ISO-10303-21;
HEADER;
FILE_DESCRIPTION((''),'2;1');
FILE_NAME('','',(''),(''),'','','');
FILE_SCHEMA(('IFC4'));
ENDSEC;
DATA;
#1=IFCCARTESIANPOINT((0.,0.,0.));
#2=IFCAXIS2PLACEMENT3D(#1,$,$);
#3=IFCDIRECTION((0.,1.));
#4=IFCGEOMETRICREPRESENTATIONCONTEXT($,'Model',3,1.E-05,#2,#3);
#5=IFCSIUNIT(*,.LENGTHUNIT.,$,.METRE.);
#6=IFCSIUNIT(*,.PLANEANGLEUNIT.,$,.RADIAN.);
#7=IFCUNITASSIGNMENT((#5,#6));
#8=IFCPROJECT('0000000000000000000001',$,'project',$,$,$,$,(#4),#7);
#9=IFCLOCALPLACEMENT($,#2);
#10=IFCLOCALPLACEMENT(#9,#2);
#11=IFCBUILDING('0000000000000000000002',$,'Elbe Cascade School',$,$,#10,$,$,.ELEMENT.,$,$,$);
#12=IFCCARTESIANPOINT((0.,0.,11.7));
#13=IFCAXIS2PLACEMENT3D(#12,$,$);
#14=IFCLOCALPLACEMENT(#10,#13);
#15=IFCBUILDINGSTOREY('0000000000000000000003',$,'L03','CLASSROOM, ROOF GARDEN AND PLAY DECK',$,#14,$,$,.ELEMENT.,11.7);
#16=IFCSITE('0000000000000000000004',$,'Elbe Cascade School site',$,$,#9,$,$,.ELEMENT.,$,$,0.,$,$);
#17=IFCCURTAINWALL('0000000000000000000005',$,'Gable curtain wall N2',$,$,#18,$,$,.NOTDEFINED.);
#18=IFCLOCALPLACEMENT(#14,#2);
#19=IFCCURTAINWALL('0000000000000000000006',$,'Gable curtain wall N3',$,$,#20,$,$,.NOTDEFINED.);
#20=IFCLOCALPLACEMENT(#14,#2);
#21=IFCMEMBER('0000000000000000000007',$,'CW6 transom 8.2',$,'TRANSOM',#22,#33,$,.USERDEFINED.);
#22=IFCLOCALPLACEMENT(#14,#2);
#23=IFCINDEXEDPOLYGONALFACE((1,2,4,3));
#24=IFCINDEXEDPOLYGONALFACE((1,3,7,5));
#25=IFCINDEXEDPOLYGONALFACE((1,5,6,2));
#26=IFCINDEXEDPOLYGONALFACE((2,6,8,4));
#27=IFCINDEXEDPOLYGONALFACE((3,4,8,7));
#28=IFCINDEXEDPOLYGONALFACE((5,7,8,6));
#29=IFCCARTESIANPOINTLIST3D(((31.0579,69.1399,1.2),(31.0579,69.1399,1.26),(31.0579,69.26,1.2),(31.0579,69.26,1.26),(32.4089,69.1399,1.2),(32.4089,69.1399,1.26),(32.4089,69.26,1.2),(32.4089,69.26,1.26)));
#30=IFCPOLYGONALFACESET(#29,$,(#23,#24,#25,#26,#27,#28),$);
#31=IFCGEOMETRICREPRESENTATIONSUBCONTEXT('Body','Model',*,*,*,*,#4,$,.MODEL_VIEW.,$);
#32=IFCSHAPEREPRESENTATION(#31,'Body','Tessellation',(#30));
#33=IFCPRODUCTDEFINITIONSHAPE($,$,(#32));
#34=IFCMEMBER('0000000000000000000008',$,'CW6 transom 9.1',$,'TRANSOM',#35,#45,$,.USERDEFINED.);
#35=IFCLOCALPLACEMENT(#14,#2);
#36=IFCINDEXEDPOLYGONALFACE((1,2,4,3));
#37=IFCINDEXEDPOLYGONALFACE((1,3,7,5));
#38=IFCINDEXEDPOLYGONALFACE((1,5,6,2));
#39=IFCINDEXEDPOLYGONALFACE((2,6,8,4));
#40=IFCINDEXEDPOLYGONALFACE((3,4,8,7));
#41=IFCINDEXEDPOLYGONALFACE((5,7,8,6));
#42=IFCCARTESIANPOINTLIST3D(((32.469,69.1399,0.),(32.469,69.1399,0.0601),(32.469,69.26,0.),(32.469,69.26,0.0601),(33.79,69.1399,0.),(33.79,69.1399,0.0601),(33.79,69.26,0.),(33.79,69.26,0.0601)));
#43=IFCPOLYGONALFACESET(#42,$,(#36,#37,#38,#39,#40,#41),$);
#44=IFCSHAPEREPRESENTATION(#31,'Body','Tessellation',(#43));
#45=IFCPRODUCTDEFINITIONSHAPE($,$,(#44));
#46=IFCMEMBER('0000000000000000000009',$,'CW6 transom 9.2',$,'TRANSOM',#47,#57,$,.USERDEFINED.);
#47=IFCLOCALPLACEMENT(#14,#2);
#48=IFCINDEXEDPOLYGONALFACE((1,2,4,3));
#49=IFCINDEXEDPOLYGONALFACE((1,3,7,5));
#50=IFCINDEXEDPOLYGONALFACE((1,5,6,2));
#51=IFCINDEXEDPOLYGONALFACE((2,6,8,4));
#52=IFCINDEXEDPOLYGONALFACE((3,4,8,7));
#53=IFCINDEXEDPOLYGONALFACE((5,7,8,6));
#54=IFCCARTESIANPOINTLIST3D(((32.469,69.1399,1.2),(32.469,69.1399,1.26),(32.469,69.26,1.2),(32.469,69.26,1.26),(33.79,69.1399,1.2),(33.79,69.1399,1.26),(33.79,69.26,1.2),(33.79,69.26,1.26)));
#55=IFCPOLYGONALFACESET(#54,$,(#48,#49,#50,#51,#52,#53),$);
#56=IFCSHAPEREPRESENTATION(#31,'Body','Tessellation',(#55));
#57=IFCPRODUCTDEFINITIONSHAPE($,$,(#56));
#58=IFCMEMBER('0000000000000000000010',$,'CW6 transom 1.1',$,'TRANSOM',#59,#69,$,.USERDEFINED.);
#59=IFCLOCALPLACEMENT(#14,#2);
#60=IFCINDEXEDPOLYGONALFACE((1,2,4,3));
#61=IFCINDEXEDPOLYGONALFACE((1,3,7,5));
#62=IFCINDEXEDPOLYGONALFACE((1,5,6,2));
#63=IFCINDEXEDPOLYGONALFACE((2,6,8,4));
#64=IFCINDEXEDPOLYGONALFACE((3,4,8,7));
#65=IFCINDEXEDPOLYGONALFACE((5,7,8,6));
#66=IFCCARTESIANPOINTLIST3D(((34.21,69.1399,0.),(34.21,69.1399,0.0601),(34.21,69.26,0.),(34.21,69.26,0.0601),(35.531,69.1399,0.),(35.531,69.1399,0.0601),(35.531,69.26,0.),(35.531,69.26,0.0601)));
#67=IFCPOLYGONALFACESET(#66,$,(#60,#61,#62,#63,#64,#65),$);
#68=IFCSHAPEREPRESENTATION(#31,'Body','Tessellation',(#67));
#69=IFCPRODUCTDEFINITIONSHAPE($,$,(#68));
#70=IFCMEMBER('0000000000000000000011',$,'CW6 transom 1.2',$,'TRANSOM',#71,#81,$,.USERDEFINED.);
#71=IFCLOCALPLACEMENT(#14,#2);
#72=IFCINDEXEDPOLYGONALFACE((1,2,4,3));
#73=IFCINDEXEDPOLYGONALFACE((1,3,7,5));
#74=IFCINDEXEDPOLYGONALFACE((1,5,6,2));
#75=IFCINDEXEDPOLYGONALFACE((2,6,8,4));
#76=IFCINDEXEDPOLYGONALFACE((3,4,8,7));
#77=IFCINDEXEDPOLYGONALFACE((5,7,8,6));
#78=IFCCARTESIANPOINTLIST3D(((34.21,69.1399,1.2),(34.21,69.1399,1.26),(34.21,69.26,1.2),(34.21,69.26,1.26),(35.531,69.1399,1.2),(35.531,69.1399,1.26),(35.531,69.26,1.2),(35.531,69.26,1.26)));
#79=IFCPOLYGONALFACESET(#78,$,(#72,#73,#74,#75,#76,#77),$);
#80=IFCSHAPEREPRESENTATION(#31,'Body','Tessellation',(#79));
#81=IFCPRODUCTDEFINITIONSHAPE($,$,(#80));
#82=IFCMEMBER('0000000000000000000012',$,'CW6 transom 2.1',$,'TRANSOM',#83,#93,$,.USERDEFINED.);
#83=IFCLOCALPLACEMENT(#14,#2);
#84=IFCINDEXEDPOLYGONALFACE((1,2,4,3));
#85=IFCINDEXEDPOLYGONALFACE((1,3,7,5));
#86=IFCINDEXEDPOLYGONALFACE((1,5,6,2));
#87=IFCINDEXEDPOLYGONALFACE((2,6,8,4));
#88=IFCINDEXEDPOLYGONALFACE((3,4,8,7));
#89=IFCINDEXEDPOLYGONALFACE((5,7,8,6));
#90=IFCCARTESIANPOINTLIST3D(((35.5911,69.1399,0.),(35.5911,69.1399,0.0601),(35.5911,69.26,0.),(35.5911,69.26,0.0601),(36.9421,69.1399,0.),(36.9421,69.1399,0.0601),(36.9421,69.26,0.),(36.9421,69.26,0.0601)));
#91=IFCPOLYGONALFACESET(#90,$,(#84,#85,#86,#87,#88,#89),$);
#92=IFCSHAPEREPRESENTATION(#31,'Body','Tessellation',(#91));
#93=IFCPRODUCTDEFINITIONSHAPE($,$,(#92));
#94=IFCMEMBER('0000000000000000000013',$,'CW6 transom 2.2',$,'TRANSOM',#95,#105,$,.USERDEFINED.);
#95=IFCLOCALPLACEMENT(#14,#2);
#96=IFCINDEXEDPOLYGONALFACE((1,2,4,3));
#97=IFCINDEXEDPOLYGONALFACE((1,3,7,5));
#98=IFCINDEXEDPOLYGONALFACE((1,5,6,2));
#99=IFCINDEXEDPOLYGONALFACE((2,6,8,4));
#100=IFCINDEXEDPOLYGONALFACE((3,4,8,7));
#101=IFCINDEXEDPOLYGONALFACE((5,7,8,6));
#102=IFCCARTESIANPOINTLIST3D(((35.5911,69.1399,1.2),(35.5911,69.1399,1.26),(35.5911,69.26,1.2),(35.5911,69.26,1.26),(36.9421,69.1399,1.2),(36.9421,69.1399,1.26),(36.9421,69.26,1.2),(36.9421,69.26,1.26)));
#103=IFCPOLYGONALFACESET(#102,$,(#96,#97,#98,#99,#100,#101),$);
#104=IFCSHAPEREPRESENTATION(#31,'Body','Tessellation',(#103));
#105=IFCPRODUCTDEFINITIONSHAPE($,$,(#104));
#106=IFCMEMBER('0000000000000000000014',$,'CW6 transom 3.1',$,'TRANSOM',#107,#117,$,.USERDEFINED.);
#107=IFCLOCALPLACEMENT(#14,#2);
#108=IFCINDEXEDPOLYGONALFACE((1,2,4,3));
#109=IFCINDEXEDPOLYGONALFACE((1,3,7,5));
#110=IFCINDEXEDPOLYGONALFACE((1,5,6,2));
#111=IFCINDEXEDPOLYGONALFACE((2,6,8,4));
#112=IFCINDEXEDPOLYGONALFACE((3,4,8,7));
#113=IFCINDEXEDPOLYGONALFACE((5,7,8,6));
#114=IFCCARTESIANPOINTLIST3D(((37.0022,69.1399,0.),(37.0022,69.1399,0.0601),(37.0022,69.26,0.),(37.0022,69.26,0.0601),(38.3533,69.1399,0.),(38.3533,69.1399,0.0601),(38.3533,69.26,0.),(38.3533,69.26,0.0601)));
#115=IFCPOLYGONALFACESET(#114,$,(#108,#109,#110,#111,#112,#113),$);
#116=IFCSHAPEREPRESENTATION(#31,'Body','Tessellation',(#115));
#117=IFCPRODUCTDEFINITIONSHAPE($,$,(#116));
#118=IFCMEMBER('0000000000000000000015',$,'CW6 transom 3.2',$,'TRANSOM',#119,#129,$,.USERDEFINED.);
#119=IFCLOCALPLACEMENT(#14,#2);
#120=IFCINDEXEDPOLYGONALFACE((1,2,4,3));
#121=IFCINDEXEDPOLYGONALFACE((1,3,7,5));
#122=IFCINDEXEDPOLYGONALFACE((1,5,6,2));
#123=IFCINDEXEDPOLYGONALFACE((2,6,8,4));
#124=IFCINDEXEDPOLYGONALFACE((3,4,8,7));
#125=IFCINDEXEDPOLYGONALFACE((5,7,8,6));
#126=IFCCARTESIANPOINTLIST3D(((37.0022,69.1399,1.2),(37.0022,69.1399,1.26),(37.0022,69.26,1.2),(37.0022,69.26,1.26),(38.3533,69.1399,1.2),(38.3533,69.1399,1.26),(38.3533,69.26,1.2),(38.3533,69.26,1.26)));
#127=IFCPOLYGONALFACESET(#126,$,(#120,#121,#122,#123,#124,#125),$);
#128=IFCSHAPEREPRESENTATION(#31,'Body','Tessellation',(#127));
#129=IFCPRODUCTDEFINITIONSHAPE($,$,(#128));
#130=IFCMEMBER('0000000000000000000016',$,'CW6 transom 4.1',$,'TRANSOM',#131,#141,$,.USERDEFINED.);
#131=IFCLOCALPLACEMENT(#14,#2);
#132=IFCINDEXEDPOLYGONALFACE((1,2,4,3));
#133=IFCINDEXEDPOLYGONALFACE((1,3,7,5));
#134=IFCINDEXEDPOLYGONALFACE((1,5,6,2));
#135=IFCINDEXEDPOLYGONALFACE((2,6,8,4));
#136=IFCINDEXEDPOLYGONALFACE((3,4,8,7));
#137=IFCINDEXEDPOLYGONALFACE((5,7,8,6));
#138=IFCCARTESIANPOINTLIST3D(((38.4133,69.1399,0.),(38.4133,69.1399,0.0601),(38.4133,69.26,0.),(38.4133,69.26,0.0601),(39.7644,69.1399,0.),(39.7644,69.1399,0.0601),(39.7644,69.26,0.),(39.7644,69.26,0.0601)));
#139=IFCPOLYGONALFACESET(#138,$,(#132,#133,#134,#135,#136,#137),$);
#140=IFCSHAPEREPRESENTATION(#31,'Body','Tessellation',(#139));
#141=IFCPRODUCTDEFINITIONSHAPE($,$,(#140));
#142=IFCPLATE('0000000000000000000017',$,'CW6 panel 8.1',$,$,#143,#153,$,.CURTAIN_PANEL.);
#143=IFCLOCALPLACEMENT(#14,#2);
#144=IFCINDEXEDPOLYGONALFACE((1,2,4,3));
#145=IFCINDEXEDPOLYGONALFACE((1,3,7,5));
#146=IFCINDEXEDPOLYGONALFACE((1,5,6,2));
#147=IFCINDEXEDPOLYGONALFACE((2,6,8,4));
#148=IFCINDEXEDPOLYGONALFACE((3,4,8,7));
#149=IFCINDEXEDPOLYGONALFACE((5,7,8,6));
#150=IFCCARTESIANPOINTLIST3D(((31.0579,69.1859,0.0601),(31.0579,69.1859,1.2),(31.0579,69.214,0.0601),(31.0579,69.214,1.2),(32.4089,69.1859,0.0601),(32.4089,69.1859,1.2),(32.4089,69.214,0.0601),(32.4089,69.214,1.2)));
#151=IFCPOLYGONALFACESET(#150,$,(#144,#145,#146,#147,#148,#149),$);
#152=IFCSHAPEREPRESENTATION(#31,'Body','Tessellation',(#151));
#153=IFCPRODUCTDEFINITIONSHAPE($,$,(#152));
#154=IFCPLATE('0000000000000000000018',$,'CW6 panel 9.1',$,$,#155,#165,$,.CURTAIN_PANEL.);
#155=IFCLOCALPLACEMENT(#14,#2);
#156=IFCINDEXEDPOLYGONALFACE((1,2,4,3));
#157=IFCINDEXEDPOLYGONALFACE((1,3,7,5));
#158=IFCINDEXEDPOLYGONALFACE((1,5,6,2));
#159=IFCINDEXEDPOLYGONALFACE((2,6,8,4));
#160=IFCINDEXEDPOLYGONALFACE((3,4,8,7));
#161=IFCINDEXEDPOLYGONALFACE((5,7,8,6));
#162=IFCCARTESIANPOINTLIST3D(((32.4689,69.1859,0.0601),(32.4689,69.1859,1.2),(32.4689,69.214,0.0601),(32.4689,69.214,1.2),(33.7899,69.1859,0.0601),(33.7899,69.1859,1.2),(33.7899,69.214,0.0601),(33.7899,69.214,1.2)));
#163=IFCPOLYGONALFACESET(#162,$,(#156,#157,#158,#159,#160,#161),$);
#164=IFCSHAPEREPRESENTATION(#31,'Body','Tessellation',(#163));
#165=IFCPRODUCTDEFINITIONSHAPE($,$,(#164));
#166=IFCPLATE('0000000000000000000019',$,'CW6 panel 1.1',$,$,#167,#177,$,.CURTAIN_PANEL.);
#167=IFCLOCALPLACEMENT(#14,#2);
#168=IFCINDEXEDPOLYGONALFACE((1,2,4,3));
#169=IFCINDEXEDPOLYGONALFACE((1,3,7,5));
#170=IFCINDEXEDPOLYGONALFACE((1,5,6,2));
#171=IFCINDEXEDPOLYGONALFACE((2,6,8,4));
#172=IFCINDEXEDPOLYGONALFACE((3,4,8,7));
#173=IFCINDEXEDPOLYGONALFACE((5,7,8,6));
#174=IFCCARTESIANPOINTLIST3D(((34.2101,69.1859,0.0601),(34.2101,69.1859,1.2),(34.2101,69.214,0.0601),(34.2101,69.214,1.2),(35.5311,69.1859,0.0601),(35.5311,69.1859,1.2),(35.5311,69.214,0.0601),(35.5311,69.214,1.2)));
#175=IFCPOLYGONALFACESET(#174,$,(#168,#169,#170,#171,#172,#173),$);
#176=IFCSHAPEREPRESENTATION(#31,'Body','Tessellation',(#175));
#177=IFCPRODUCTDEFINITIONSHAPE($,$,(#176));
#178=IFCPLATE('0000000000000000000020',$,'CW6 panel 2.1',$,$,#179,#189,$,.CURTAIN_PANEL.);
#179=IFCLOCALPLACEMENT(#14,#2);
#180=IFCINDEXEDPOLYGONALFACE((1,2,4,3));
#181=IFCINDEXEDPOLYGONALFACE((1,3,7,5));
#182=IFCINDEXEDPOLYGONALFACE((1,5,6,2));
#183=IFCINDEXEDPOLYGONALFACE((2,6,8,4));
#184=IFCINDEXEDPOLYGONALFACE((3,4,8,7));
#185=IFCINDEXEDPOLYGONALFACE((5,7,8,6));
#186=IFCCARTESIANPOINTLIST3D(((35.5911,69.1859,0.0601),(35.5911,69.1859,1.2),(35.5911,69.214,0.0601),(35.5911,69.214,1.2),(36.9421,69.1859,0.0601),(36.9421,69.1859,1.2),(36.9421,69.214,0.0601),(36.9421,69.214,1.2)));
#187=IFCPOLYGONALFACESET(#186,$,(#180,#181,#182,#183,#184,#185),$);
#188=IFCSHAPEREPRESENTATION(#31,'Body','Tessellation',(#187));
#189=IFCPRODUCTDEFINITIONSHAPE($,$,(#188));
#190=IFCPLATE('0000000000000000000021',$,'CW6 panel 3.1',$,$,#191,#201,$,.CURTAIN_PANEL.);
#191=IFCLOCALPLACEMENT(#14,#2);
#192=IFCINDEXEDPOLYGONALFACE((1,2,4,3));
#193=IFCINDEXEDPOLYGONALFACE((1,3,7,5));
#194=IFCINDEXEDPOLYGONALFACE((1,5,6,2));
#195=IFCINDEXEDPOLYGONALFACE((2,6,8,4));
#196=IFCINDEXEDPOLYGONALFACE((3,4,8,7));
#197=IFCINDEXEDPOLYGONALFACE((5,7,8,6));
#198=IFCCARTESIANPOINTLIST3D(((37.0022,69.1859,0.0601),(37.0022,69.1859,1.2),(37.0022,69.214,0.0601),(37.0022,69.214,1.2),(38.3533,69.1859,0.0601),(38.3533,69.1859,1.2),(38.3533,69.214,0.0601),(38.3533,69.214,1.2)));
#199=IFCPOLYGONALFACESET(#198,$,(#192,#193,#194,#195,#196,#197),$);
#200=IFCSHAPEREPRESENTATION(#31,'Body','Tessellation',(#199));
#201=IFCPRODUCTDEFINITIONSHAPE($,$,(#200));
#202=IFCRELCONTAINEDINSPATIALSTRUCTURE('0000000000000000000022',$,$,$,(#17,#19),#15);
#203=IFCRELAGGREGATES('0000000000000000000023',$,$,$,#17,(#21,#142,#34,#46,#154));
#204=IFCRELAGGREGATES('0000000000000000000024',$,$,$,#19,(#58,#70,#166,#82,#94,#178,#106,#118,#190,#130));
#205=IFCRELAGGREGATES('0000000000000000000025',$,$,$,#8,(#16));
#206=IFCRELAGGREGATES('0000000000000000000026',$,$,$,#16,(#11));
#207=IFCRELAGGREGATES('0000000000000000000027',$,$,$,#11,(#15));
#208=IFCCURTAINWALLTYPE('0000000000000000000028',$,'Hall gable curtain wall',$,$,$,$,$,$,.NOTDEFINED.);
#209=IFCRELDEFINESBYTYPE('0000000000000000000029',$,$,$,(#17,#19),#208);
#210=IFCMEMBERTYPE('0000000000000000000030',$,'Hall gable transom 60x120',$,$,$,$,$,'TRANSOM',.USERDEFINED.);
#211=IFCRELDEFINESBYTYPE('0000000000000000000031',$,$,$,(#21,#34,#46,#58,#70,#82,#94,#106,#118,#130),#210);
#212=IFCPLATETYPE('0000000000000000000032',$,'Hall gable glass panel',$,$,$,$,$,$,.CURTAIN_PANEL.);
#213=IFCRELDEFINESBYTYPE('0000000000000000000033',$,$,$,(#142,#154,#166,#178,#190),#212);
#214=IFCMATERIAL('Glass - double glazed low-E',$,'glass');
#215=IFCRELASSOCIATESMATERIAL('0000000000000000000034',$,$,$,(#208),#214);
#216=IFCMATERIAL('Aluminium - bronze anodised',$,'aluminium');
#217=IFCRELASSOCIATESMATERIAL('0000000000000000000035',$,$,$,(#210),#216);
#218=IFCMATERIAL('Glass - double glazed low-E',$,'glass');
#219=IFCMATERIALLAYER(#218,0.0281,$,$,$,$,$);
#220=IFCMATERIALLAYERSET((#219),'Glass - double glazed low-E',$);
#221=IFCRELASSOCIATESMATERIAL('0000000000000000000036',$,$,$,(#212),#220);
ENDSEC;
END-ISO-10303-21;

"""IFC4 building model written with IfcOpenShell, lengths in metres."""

from ifc_helpers import new_model, si_unit, direction, frame, origin, origin_2d, place, context, subcontext, project, spatial, rectangle, extrude, material, layer, layer_set, material_profile, profile_set, type_object, element, aggregate, save


model = new_model("IFC4")

# Units and contexts
model_context = context("Model", 3, precision=1e-05, world=origin(), true_north=direction((0.0, 1.0)))
body_context = subcontext(model_context, "Body", "Model", "MODEL_VIEW")
ifc_project = project(units=[si_unit("LENGTHUNIT", "METRE"), si_unit("PLANEANGLEUNIT", "RADIAN")], contexts=[model_context])

# Site, building, storey
site_placement = place(None, origin())
site = spatial("IfcSite", under=ifc_project, at=site_placement, Name="Elbe Cascade School site", CompositionType="ELEMENT", RefElevation=0.0)
building_placement = place(site_placement, origin())
building = spatial("IfcBuilding", under=site, at=building_placement, Name="Elbe Cascade School", CompositionType="ELEMENT")
storey_placement = place(building_placement, frame((0.0, 0.0, 11.7)))
storey = spatial("IfcBuildingStorey", under=building, at=storey_placement, Name="L03", Description="CLASSROOM, ROOF GARDEN AND PLAY DECK", CompositionType="ELEMENT", Elevation=11.7)

# Curtain walls
ifc_material_1 = material(Name="Glass - double glazed low-E", Category="glass")
curtain_wall_type = type_object("IfcCurtainWallType", Name="Hall gable curtain wall", PredefinedType="NOTDEFINED", material=ifc_material_1)
curtain_wall_1_placement = place(storey_placement, origin())
curtain_wall_1 = element("IfcCurtainWall", 1, at=curtain_wall_1_placement, inside=storey, type_object=curtain_wall_type, Name="Gable curtain wall N2", PredefinedType="NOTDEFINED")
curtain_wall_2_placement = place(storey_placement, origin())
curtain_wall_2 = element("IfcCurtainWall", 2, at=curtain_wall_2_placement, inside=storey, type_object=curtain_wall_type, Name="Gable curtain wall N3", PredefinedType="NOTDEFINED")

# Members
ifc_material_2 = material(Name="Aluminium - bronze anodised", Category="aluminium")
ifc_material_profile_1 = material_profile(ifc_material_2, rectangle(XDim=0.1201, YDim=0.0601, at=origin_2d()), Name="Alu 60x120")
ifc_profile_set_1 = profile_set([ifc_material_profile_1], Name="Aluminium - bronze anodised")
member_type_1 = type_object("IfcMemberType", Name="Hall gable transom 60x120", ElementType="TRANSOM", PredefinedType="USERDEFINED", material=ifc_profile_set_1)
member_1_placement = place(storey_placement, frame((31.0579, 69.2, 1.23), z_axis=(1.0, 0.0, 0.0), x_axis=(0.0, 1.0, 0.0)))
member_1 = element("IfcMember", 3, at=member_1_placement, type_object=member_type_1, Name="CW6 transom 8.2", ObjectType="TRANSOM", PredefinedType="USERDEFINED", context=body_context, shape_type="SweptSolid", body=[
    extrude(rectangle(XDim=0.1201, YDim=0.0601, at=origin_2d()), origin(), (0.0, 0.0, 1.0), 1.3511),
])
member_2_placement = place(storey_placement, frame((32.469, 69.2, 0.03), z_axis=(1.0, 0.0, 0.0), x_axis=(0.0, 1.0, 0.0)))
member_2 = element("IfcMember", 4, at=member_2_placement, type_object=member_type_1, Name="CW6 transom 9.1", ObjectType="TRANSOM", PredefinedType="USERDEFINED", context=body_context, shape_type="SweptSolid", body=[
    extrude(rectangle(XDim=0.1201, YDim=0.0601, at=origin_2d()), origin(), (0.0, 0.0, 1.0), 1.321),
])
member_3_placement = place(storey_placement, frame((32.469, 69.2, 1.23), z_axis=(1.0, 0.0, 0.0), x_axis=(0.0, 1.0, 0.0)))
member_3 = element("IfcMember", 5, at=member_3_placement, type_object=member_type_1, Name="CW6 transom 9.2", ObjectType="TRANSOM", PredefinedType="USERDEFINED", context=body_context, shape_type="SweptSolid", body=[
    extrude(rectangle(XDim=0.1201, YDim=0.0601, at=origin_2d()), origin(), (0.0, 0.0, 1.0), 1.321),
])
member_4_placement = place(storey_placement, frame((34.21, 69.2, 0.03), z_axis=(1.0, 0.0, 0.0), x_axis=(0.0, 1.0, 0.0)))
member_4 = element("IfcMember", 6, at=member_4_placement, type_object=member_type_1, Name="CW6 transom 1.1", ObjectType="TRANSOM", PredefinedType="USERDEFINED", context=body_context, shape_type="SweptSolid", body=[
    extrude(rectangle(XDim=0.1201, YDim=0.0601, at=origin_2d()), origin(), (0.0, 0.0, 1.0), 1.321),
])
member_5_placement = place(storey_placement, frame((34.21, 69.2, 1.23), z_axis=(1.0, 0.0, 0.0), x_axis=(0.0, 1.0, 0.0)))
member_5 = element("IfcMember", 7, at=member_5_placement, type_object=member_type_1, Name="CW6 transom 1.2", ObjectType="TRANSOM", PredefinedType="USERDEFINED", context=body_context, shape_type="SweptSolid", body=[
    extrude(rectangle(XDim=0.1201, YDim=0.0601, at=origin_2d()), origin(), (0.0, 0.0, 1.0), 1.321),
])
member_6_placement = place(storey_placement, frame((35.5911, 69.2, 0.03), z_axis=(1.0, 0.0, 0.0), x_axis=(0.0, 1.0, 0.0)))
member_6 = element("IfcMember", 8, at=member_6_placement, type_object=member_type_1, Name="CW6 transom 2.1", ObjectType="TRANSOM", PredefinedType="USERDEFINED", context=body_context, shape_type="SweptSolid", body=[
    extrude(rectangle(XDim=0.1201, YDim=0.0601, at=origin_2d()), origin(), (0.0, 0.0, 1.0), 1.3511),
])
member_7_placement = place(storey_placement, frame((35.5911, 69.2, 1.23), z_axis=(1.0, 0.0, 0.0), x_axis=(0.0, 1.0, 0.0)))
member_7 = element("IfcMember", 9, at=member_7_placement, type_object=member_type_1, Name="CW6 transom 2.2", ObjectType="TRANSOM", PredefinedType="USERDEFINED", context=body_context, shape_type="SweptSolid", body=[
    extrude(rectangle(XDim=0.1201, YDim=0.0601, at=origin_2d()), origin(), (0.0, 0.0, 1.0), 1.3511),
])
member_8_placement = place(storey_placement, frame((37.0022, 69.2, 0.03), z_axis=(1.0, 0.0, 0.0), x_axis=(0.0, 1.0, 0.0)))
member_8 = element("IfcMember", 10, at=member_8_placement, type_object=member_type_1, Name="CW6 transom 3.1", ObjectType="TRANSOM", PredefinedType="USERDEFINED", context=body_context, shape_type="SweptSolid", body=[
    extrude(rectangle(XDim=0.1201, YDim=0.0601, at=origin_2d()), origin(), (0.0, 0.0, 1.0), 1.3511),
])
member_9_placement = place(storey_placement, frame((37.0022, 69.2, 1.23), z_axis=(1.0, 0.0, 0.0), x_axis=(0.0, 1.0, 0.0)))
member_9 = element("IfcMember", 11, at=member_9_placement, type_object=member_type_1, Name="CW6 transom 3.2", ObjectType="TRANSOM", PredefinedType="USERDEFINED", context=body_context, shape_type="SweptSolid", body=[
    extrude(rectangle(XDim=0.1201, YDim=0.0601, at=origin_2d()), origin(), (0.0, 0.0, 1.0), 1.3511),
])
member_10_placement = place(storey_placement, frame((38.4133, 69.2, 0.03), z_axis=(1.0, 0.0, 0.0), x_axis=(0.0, 1.0, 0.0)))
member_10 = element("IfcMember", 12, at=member_10_placement, type_object=member_type_1, Name="CW6 transom 4.1", ObjectType="TRANSOM", PredefinedType="USERDEFINED", context=body_context, shape_type="SweptSolid", body=[
    extrude(rectangle(XDim=0.1201, YDim=0.0601, at=origin_2d()), origin(), (0.0, 0.0, 1.0), 1.3511),
])

# Plates
ifc_material_3 = material(Name="Glass - double glazed low-E", Category="glass")
ifc_layer_1 = layer(ifc_material_3, 0.0281)
ifc_layer_set_1 = layer_set([ifc_layer_1], Name="Glass - double glazed low-E")
plate_type_1 = type_object("IfcPlateType", Name="Hall gable glass panel", PredefinedType="CURTAIN_PANEL", material=ifc_layer_set_1)
plate_1_placement = place(storey_placement, frame((31.7334, 69.2, 0.0601), z_axis=(0.0, 0.0, 1.0), x_axis=(1.0, 0.0, 0.0)))
plate_1 = element("IfcPlate", 13, at=plate_1_placement, type_object=plate_type_1, Name="CW6 panel 8.1", PredefinedType="CURTAIN_PANEL", context=body_context, shape_type="SweptSolid", body=[
    extrude(rectangle(XDim=1.3511, YDim=0.0281, at=origin_2d()), origin(), (0.0, 0.0, 1.0), 1.1399),
])
plate_2_placement = place(storey_placement, frame((33.1294, 69.2, 0.0601), z_axis=(0.0, 0.0, 1.0), x_axis=(1.0, 0.0, 0.0)))
plate_2 = element("IfcPlate", 14, at=plate_2_placement, type_object=plate_type_1, Name="CW6 panel 9.1", PredefinedType="CURTAIN_PANEL", context=body_context, shape_type="SweptSolid", body=[
    extrude(rectangle(XDim=1.321, YDim=0.0281, at=origin_2d()), origin(), (0.0, 0.0, 1.0), 1.1399),
])
aggregate(curtain_wall_1, [member_1, plate_1, member_2, member_3, plate_2])
plate_3_placement = place(storey_placement, frame((34.8706, 69.2, 0.0601), z_axis=(0.0, 0.0, 1.0), x_axis=(1.0, 0.0, 0.0)))
plate_3 = element("IfcPlate", 15, at=plate_3_placement, type_object=plate_type_1, Name="CW6 panel 1.1", PredefinedType="CURTAIN_PANEL", context=body_context, shape_type="SweptSolid", body=[
    extrude(rectangle(XDim=1.321, YDim=0.0281, at=origin_2d()), origin(), (0.0, 0.0, 1.0), 1.1399),
])
plate_4_placement = place(storey_placement, frame((36.2666, 69.2, 0.0601), z_axis=(0.0, 0.0, 1.0), x_axis=(1.0, 0.0, 0.0)))
plate_4 = element("IfcPlate", 16, at=plate_4_placement, type_object=plate_type_1, Name="CW6 panel 2.1", PredefinedType="CURTAIN_PANEL", context=body_context, shape_type="SweptSolid", body=[
    extrude(rectangle(XDim=1.3511, YDim=0.0281, at=origin_2d()), origin(), (0.0, 0.0, 1.0), 1.1399),
])
plate_5_placement = place(storey_placement, frame((37.6777, 69.2, 0.0601), z_axis=(0.0, 0.0, 1.0), x_axis=(1.0, 0.0, 0.0)))
plate_5 = element("IfcPlate", 17, at=plate_5_placement, type_object=plate_type_1, Name="CW6 panel 3.1", PredefinedType="CURTAIN_PANEL", context=body_context, shape_type="SweptSolid", body=[
    extrude(rectangle(XDim=1.3511, YDim=0.0281, at=origin_2d()), origin(), (0.0, 0.0, 1.0), 1.1399),
])
aggregate(curtain_wall_2, [member_4, member_5, plate_3, member_6, member_7, plate_4, member_8, member_9, plate_5, member_10])

save(model, "model.ifc")
